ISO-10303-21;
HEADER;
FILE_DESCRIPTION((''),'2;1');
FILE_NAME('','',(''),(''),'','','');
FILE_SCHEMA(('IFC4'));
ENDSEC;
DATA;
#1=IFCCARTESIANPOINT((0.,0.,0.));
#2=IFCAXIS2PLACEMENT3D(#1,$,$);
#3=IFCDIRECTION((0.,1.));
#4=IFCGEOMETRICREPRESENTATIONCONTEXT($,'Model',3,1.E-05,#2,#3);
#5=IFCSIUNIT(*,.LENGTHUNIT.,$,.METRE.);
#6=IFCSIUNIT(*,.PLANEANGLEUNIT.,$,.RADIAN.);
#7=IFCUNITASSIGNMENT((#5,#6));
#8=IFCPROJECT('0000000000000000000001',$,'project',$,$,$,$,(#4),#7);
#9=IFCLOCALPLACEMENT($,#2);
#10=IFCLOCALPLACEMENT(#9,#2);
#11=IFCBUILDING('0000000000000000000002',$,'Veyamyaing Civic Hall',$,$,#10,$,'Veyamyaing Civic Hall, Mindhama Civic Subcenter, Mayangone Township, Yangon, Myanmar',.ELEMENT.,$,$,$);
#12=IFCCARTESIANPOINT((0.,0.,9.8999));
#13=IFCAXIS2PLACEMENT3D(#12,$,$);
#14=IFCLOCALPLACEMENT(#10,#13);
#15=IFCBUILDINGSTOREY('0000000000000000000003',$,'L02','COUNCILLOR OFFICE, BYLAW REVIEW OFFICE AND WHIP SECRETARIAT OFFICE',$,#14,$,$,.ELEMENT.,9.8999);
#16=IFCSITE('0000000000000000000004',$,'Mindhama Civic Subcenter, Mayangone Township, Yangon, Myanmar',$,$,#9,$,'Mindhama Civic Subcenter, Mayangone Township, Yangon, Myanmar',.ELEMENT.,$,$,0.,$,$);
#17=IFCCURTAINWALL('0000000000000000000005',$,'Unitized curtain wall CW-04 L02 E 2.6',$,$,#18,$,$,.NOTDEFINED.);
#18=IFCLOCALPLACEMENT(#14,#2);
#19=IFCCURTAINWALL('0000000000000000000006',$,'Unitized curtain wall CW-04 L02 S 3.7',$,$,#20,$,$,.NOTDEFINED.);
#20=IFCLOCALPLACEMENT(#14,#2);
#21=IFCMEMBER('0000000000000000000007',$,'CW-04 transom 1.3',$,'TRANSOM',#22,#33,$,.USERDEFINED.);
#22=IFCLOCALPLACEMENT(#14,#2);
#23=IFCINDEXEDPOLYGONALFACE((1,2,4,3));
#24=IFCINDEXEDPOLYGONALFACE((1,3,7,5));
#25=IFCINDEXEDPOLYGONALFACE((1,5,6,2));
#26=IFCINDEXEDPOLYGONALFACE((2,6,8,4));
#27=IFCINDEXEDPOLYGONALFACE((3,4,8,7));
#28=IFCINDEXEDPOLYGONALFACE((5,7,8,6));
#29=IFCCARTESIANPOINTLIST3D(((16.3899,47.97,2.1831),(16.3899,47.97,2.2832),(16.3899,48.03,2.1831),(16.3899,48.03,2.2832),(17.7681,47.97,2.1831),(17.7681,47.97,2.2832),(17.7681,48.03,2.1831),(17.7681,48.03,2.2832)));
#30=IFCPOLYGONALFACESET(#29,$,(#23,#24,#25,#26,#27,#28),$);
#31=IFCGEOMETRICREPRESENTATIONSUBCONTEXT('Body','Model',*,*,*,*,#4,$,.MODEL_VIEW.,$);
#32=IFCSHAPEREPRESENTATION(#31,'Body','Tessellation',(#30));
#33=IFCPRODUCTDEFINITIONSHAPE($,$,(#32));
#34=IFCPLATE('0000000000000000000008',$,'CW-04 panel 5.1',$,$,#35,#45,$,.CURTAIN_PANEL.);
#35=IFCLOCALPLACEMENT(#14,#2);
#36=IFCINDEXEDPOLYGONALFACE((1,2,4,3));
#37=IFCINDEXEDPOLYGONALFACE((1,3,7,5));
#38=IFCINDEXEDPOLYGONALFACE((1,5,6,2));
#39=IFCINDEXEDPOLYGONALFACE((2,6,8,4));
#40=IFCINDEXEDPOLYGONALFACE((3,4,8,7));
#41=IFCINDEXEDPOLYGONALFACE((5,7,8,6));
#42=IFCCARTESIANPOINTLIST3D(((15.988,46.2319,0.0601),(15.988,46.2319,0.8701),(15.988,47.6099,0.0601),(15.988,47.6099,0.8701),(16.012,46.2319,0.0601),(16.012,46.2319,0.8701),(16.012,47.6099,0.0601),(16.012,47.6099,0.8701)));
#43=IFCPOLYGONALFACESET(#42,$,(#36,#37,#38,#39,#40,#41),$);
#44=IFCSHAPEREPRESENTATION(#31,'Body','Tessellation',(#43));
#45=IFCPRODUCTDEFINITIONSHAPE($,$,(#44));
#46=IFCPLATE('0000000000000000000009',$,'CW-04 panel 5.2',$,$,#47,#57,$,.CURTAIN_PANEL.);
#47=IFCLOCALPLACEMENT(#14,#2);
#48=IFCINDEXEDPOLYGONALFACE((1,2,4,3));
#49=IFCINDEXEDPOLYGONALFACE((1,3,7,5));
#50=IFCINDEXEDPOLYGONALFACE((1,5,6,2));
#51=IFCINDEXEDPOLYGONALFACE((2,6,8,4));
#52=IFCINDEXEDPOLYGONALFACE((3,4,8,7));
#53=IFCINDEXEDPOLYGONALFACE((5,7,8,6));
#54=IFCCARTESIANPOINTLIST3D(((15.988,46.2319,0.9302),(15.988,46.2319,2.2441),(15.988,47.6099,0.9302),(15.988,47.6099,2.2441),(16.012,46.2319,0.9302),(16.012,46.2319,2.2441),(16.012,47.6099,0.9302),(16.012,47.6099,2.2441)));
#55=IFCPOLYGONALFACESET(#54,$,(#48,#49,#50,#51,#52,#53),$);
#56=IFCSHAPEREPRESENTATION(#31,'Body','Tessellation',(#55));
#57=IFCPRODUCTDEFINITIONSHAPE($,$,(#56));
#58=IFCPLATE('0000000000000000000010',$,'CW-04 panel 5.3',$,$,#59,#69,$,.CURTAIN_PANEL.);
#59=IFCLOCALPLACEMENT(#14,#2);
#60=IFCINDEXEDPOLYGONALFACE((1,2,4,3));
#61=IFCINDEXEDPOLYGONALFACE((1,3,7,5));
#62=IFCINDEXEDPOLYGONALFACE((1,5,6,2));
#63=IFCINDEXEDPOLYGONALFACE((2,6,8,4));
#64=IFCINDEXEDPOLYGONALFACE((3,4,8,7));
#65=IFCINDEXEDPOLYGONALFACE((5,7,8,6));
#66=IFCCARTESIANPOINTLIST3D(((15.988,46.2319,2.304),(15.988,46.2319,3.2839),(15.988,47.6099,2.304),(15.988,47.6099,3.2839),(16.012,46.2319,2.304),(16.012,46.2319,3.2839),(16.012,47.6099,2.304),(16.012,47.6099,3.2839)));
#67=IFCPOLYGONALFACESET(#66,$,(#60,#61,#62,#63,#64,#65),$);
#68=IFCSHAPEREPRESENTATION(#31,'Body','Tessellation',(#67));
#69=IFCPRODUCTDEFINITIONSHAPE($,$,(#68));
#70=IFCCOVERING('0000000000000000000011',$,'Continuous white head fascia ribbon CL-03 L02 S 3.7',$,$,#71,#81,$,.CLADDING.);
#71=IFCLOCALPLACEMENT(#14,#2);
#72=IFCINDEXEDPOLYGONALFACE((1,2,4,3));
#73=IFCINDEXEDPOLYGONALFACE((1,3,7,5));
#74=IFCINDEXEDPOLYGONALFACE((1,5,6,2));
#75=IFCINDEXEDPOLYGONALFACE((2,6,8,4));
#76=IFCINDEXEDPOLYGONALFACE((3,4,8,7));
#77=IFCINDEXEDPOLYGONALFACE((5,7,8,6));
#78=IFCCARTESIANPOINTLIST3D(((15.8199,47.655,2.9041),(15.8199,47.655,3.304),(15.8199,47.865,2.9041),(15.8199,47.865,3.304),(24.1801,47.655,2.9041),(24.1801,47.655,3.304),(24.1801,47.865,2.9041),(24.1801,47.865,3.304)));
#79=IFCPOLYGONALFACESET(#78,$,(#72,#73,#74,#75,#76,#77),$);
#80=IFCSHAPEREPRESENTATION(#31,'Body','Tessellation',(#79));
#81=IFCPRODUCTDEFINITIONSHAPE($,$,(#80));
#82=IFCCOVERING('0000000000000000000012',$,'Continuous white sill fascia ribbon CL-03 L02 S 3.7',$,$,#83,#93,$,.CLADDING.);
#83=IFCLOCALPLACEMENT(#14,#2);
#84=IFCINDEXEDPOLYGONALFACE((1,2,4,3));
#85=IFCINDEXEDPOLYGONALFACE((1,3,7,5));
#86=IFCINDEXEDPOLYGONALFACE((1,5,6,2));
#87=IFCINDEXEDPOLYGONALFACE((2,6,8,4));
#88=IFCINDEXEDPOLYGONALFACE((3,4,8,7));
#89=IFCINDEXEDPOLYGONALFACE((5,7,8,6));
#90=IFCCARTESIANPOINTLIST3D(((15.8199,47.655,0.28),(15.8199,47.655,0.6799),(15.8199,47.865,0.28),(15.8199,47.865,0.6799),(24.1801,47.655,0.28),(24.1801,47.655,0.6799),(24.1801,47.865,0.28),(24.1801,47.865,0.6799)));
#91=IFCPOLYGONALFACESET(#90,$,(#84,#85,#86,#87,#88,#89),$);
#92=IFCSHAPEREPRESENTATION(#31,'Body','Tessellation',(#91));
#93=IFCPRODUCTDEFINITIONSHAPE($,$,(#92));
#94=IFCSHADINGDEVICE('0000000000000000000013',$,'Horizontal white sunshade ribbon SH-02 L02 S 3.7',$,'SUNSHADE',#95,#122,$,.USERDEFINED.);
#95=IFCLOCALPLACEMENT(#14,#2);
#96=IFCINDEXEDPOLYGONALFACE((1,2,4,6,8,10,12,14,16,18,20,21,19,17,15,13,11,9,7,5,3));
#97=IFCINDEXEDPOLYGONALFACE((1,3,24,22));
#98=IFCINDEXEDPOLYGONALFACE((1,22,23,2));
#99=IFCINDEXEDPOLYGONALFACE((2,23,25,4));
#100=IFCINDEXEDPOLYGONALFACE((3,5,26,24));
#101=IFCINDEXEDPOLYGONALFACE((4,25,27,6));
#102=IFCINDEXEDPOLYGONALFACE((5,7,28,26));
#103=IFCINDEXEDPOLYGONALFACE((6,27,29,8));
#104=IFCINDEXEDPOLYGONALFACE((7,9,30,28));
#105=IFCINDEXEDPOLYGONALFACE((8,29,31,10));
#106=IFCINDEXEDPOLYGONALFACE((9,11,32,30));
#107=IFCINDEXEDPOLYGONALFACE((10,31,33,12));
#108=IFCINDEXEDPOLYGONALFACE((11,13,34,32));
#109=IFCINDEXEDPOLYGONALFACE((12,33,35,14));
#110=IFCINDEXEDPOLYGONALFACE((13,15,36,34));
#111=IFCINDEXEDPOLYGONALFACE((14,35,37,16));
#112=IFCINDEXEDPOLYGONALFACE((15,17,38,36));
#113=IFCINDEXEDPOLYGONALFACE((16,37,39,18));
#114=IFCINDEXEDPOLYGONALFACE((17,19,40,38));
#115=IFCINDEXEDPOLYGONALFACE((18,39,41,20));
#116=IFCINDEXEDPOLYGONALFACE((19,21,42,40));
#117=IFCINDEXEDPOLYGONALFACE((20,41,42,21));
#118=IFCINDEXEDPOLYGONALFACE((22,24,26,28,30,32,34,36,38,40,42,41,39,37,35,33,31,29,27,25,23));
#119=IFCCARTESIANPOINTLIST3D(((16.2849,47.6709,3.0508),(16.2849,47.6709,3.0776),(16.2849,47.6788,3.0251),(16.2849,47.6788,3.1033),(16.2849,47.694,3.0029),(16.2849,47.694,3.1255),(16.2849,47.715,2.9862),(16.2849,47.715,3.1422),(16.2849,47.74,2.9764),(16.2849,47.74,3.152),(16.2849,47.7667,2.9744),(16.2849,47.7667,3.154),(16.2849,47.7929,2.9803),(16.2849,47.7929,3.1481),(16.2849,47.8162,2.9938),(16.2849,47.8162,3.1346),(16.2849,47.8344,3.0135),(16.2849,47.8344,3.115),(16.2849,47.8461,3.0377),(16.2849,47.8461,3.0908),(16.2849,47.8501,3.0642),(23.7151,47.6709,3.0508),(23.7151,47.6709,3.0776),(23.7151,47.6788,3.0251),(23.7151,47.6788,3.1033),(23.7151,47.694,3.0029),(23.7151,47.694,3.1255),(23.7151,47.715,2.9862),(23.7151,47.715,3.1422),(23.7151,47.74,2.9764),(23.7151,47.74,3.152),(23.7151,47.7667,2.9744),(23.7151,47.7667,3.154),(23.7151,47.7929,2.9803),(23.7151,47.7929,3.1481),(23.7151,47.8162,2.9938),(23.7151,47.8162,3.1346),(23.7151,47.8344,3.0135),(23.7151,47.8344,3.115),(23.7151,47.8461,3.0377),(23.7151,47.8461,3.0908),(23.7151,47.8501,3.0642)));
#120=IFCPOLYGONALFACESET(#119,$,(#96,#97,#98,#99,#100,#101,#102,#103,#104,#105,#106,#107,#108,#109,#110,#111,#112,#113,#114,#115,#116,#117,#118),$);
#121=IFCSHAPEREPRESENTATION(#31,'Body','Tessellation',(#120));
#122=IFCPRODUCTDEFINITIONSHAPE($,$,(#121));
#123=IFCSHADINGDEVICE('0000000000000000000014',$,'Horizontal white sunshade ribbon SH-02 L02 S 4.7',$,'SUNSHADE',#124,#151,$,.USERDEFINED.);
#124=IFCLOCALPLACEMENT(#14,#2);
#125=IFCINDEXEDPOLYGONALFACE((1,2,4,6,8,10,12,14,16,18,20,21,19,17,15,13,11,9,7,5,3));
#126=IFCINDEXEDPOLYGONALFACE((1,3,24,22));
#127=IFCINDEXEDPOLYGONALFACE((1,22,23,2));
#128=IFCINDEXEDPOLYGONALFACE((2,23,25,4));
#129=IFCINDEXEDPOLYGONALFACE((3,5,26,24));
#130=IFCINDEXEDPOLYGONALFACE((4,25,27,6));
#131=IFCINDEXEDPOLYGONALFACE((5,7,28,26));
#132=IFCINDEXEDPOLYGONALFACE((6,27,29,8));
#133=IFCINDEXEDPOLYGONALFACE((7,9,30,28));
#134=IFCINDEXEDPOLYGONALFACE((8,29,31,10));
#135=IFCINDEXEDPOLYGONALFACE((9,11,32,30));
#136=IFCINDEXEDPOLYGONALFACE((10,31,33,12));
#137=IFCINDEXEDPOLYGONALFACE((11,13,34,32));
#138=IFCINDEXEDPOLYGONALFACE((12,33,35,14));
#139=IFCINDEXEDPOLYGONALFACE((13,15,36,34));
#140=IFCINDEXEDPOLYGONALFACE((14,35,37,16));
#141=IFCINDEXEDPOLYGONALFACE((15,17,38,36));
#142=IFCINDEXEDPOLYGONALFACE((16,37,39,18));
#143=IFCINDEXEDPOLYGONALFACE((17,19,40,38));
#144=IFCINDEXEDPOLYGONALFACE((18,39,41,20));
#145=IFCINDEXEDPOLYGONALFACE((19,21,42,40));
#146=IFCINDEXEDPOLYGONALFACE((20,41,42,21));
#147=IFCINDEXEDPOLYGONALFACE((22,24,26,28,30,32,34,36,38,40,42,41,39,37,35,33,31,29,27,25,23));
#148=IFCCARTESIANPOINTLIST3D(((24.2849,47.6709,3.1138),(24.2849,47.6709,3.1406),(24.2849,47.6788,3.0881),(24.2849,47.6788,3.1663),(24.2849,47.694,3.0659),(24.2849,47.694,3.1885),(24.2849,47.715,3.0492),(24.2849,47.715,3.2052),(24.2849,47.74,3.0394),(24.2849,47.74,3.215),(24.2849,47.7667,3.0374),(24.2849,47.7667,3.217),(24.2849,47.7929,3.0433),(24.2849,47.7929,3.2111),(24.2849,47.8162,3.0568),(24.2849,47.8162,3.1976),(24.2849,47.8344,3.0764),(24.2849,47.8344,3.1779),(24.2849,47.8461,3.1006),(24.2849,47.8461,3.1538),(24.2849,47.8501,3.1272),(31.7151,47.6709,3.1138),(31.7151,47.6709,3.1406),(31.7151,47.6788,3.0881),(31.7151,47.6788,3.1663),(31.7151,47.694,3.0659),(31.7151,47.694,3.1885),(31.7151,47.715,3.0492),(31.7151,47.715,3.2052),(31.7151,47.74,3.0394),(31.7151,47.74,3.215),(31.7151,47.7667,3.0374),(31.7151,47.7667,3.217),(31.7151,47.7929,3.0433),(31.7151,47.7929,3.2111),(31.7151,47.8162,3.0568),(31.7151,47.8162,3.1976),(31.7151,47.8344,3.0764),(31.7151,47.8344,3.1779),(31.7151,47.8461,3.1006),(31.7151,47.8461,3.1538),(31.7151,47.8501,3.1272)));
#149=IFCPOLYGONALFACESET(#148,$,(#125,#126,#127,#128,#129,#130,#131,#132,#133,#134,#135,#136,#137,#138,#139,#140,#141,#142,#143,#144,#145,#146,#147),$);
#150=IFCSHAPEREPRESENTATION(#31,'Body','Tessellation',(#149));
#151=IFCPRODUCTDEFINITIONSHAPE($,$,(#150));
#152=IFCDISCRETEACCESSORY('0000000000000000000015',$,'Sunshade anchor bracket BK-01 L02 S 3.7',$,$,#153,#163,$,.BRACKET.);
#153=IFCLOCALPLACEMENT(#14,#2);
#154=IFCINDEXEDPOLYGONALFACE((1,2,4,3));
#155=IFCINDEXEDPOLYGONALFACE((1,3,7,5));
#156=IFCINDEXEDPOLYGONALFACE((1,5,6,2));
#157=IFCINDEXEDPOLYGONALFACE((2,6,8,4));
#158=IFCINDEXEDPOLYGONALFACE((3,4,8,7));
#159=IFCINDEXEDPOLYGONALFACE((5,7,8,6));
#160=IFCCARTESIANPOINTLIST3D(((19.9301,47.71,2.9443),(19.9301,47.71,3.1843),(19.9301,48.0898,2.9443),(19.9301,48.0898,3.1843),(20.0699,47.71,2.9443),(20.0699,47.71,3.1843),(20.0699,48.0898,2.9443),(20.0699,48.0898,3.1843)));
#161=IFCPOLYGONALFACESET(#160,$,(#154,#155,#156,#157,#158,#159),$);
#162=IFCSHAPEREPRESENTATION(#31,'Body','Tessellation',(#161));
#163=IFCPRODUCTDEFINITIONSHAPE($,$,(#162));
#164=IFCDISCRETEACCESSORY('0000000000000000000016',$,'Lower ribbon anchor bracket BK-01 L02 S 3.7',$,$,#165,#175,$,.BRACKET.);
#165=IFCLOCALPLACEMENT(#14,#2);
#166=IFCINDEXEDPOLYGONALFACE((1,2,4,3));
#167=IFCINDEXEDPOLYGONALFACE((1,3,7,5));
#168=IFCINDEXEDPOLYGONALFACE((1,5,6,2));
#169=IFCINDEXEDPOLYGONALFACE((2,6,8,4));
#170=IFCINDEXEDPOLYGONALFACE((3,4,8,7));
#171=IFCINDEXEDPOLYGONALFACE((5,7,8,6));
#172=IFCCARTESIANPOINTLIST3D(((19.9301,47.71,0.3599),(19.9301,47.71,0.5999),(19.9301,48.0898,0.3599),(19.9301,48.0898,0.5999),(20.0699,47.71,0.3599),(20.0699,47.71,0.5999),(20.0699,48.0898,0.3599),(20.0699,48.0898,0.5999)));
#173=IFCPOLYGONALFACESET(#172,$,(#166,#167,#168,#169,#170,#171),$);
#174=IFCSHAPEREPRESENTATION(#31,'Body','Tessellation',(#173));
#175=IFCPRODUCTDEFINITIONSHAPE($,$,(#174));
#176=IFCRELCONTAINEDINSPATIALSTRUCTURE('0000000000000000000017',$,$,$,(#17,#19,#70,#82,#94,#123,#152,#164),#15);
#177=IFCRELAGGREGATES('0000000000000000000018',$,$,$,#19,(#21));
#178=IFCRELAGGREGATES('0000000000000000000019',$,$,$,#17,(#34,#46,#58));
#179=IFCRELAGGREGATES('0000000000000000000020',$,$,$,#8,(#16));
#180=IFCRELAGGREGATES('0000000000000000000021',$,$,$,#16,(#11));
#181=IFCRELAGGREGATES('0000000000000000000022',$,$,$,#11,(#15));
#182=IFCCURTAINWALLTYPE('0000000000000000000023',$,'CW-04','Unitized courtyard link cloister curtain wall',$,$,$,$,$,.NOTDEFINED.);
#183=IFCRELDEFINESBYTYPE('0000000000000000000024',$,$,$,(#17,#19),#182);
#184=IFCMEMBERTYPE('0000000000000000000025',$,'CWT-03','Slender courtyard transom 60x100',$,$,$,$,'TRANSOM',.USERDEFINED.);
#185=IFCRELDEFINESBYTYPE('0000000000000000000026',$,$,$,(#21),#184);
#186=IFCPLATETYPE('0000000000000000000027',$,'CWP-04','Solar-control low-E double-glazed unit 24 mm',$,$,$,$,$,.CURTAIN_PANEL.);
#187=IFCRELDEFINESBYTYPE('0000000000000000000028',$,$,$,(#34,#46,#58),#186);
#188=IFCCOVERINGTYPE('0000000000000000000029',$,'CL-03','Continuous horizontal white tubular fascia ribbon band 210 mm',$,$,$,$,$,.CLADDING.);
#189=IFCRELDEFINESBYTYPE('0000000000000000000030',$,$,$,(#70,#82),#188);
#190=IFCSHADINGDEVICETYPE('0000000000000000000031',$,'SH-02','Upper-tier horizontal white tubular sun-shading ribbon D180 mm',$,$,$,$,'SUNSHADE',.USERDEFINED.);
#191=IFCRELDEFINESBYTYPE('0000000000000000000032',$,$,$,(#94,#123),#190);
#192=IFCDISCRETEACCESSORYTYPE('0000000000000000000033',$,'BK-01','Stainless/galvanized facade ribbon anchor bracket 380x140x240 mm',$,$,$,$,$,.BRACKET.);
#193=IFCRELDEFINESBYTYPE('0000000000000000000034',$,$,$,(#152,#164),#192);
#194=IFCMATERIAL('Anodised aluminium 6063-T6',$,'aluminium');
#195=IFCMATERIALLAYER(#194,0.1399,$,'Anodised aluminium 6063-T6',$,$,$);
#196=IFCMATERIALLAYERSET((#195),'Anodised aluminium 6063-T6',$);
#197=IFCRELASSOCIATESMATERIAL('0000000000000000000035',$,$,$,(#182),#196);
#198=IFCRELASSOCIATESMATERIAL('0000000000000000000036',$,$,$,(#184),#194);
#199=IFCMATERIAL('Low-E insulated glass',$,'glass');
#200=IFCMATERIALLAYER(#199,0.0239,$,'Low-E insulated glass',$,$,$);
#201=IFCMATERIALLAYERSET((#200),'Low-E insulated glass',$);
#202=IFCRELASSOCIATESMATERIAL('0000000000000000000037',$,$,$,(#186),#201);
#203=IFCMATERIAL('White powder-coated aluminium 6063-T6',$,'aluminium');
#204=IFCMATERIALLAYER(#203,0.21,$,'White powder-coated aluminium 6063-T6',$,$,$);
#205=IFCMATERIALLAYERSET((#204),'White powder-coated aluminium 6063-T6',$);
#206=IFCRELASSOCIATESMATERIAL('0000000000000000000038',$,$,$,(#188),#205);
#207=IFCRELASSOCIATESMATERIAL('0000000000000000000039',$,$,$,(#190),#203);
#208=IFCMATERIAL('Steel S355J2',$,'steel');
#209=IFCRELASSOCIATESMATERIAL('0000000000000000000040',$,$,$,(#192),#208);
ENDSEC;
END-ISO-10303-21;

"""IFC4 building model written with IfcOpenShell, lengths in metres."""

from ifc_helpers import new_model, si_unit, direction, frame, origin, origin_2d, place, context, subcontext, project, spatial, rectangle, circle, extrude, material, layer, layer_set, material_profile, profile_set, type_object, element, aggregate, save


model = new_model("IFC4")

# Units and contexts
model_context = context("Model", 3, precision=1e-05, world=origin(), true_north=direction((0.0, 1.0)))
body_context = subcontext(model_context, "Body", "Model", "MODEL_VIEW")
ifc_project = project(units=[si_unit("LENGTHUNIT", "METRE"), si_unit("PLANEANGLEUNIT", "RADIAN")], contexts=[model_context])

# Site, building, storey
site_placement = place(None, origin())
site = spatial("IfcSite", under=ifc_project, at=site_placement, Name="Mindhama Civic Subcenter, Mayangone Township, Yangon, Myanmar", LongName="Mindhama Civic Subcenter, Mayangone Township, Yangon, Myanmar", CompositionType="ELEMENT", RefElevation=0.0)
building_placement = place(site_placement, origin())
building = spatial("IfcBuilding", under=site, at=building_placement, Name="Veyamyaing Civic Hall", LongName="Veyamyaing Civic Hall, Mindhama Civic Subcenter, Mayangone Township, Yangon, Myanmar", CompositionType="ELEMENT")
storey_placement = place(building_placement, frame((0.0, 0.0, 9.8999)))
storey = spatial("IfcBuildingStorey", under=building, at=storey_placement, Name="L02", Description="COUNCILLOR OFFICE, BYLAW REVIEW OFFICE AND WHIP SECRETARIAT OFFICE", CompositionType="ELEMENT", Elevation=9.8999)

# Curtain wall
ifc_material_1 = material(Name="Anodised aluminium 6063-T6", Category="aluminium")
ifc_layer_1 = layer(ifc_material_1, 0.1399, Name="Anodised aluminium 6063-T6")
ifc_layer_set_1 = layer_set([ifc_layer_1], Name="Anodised aluminium 6063-T6")
curtain_wall_type = type_object("IfcCurtainWallType", Name="CW-04", Description="Unitized courtyard link cloister curtain wall", PredefinedType="NOTDEFINED", material=ifc_layer_set_1)
curtain_wall_1_placement = place(storey_placement, origin())
curtain_wall_1 = element("IfcCurtainWall", 1, at=curtain_wall_1_placement, inside=storey, type_object=curtain_wall_type, Name="Unitized curtain wall CW-04 L02 E 2.6", PredefinedType="NOTDEFINED")

# Curtain wall
curtain_wall_2_placement = place(storey_placement, origin())
curtain_wall_2 = element("IfcCurtainWall", 2, at=curtain_wall_2_placement, inside=storey, type_object=curtain_wall_type, Name="Unitized curtain wall CW-04 L02 S 3.7", PredefinedType="NOTDEFINED")

# Member
ifc_material_profile_1 = material_profile(ifc_material_1, rectangle(XDim=0.0601, YDim=0.1001, at=origin_2d()), Name="ALU-TRN-60X100")
ifc_profile_set_1 = profile_set([ifc_material_profile_1], Name="Anodised aluminium 6063-T6")
member_type_1 = type_object("IfcMemberType", Name="CWT-03", Description="Slender courtyard transom 60x100", ElementType="TRANSOM", PredefinedType="USERDEFINED", material=ifc_profile_set_1)
member_1_placement = place(storey_placement, frame((16.3899, 48.0, 2.2332), z_axis=(1.0, 0.0, 0.0), x_axis=(0.0, 1.0, 0.0)))
member_1 = element("IfcMember", 3, at=member_1_placement, type_object=member_type_1, Name="CW-04 transom 1.3", ObjectType="TRANSOM", PredefinedType="USERDEFINED", context=body_context, shape_type="SweptSolid", body=[
    extrude(rectangle(XDim=0.0601, YDim=0.1001, at=origin_2d()), origin(), (0.0, 0.0, 1.0), 1.3782),
])
aggregate(curtain_wall_2, [member_1])

# Plates
ifc_material_2 = material(Name="Low-E insulated glass", Category="glass")
ifc_layer_2 = layer(ifc_material_2, 0.0239, Name="Low-E insulated glass")
ifc_layer_set_2 = layer_set([ifc_layer_2], Name="Low-E insulated glass")
plate_type = type_object("IfcPlateType", Name="CWP-04", Description="Solar-control low-E double-glazed unit 24 mm", PredefinedType="CURTAIN_PANEL", material=ifc_layer_set_2)
plate_1_placement = place(storey_placement, frame((16.0, 46.9209, 0.0601), z_axis=(0.0, 0.0, 1.0), x_axis=(0.0, 1.0, 0.0)))
plate_1 = element("IfcPlate", 4, at=plate_1_placement, type_object=plate_type, Name="CW-04 panel 5.1", PredefinedType="CURTAIN_PANEL", context=body_context, shape_type="SweptSolid", body=[
    extrude(rectangle(XDim=1.3779, YDim=0.0239, at=origin_2d()), origin(), (0.0, 0.0, 1.0), 0.8101),
])
plate_2_placement = place(storey_placement, frame((16.0, 46.9209, 0.9302), z_axis=(0.0, 0.0, 1.0), x_axis=(0.0, 1.0, 0.0)))
plate_2 = element("IfcPlate", 5, at=plate_2_placement, type_object=plate_type, Name="CW-04 panel 5.2", PredefinedType="CURTAIN_PANEL", context=body_context, shape_type="SweptSolid", body=[
    extrude(rectangle(XDim=1.3779, YDim=0.0239, at=origin_2d()), origin(), (0.0, 0.0, 1.0), 1.314),
])
plate_3_placement = place(storey_placement, frame((16.0, 46.9209, 2.304), z_axis=(0.0, 0.0, 1.0), x_axis=(0.0, 1.0, 0.0)))
plate_3 = element("IfcPlate", 6, at=plate_3_placement, type_object=plate_type, Name="CW-04 panel 5.3", PredefinedType="CURTAIN_PANEL", context=body_context, shape_type="SweptSolid", body=[
    extrude(rectangle(XDim=1.3779, YDim=0.0239, at=origin_2d()), origin(), (0.0, 0.0, 1.0), 0.98),
])
aggregate(curtain_wall_1, [plate_1, plate_2, plate_3])

# Coverings
ifc_material_3 = material(Name="White powder-coated aluminium 6063-T6", Category="aluminium")
ifc_layer_3 = layer(ifc_material_3, 0.21, Name="White powder-coated aluminium 6063-T6")
ifc_layer_set_3 = layer_set([ifc_layer_3], Name="White powder-coated aluminium 6063-T6")
covering_type = type_object("IfcCoveringType", Name="CL-03", Description="Continuous horizontal white tubular fascia ribbon band 210 mm", PredefinedType="CLADDING", material=ifc_layer_set_3)
for number, where, z_axis, x_axis, name in (
    (7, (20.0, 47.76, 2.9041), (0.0, 0.0, 1.0), (1.0, 0.0, 0.0), "Continuous white head fascia ribbon CL-03 L02 S 3.7"),
    (8, (20.0, 47.76, 0.28), (0.0, 0.0, 1.0), (1.0, 0.0, 0.0), "Continuous white sill fascia ribbon CL-03 L02 S 3.7"),
):
    element("IfcCovering", number, at=place(storey_placement, frame(where, z_axis=z_axis, x_axis=x_axis)), inside=storey, type_object=covering_type, Name=name, PredefinedType="CLADDING", context=body_context, shape_type="SweptSolid", body=[
        extrude(rectangle(XDim=8.3601, YDim=0.21, at=origin_2d()), origin(), (0.0, 0.0, 1.0), 0.3999),
    ])

# Shading devices
ifc_material_profile_2 = material_profile(ifc_material_3, circle(Radius=0.0901, at=origin_2d()), Name="SHADE-TUBE-180")
ifc_profile_set_2 = profile_set([ifc_material_profile_2], Name="White powder-coated aluminium 6063-T6")
shading_device_type = type_object("IfcShadingDeviceType", Name="SH-02", Description="Upper-tier horizontal white tubular sun-shading ribbon D180 mm", ElementType="SUNSHADE", PredefinedType="USERDEFINED", material=ifc_profile_set_2)
for number, where, z_axis, x_axis, name in (
    (9, (16.2849, 47.76, 3.0642), (1.0, 0.0, 0.0), (0.0, 1.0, 0.0), "Horizontal white sunshade ribbon SH-02 L02 S 3.7"),
    (10, (24.2849, 47.76, 3.1272), (1.0, 0.0, 0.0), (0.0, 1.0, 0.0), "Horizontal white sunshade ribbon SH-02 L02 S 4.7"),
):
    element("IfcShadingDevice", number, at=place(storey_placement, frame(where, z_axis=z_axis, x_axis=x_axis)), inside=storey, type_object=shading_device_type, Name=name, ObjectType="SUNSHADE", PredefinedType="USERDEFINED", context=body_context, shape_type="SweptSolid", body=[
        extrude(circle(Radius=0.0901, at=origin_2d()), origin(), (0.0, 0.0, 1.0), 7.4302),
    ])

# Discrete accessories
ifc_material_4 = material(Name="Steel S355J2", Category="steel")
discrete_accessory_type = type_object("IfcDiscreteAccessoryType", Name="BK-01", Description="Stainless/galvanized facade ribbon anchor bracket 380x140x240 mm", PredefinedType="BRACKET", material=ifc_material_4)
for number, where, z_axis, x_axis, name in (
    (11, (20.0, 47.8999, 2.9443), (0.0, 0.0, 1.0), (0.0, -1.0, 0.0), "Sunshade anchor bracket BK-01 L02 S 3.7"),
    (12, (20.0, 47.8999, 0.3599), (0.0, 0.0, 1.0), (0.0, -1.0, 0.0), "Lower ribbon anchor bracket BK-01 L02 S 3.7"),
):
    element("IfcDiscreteAccessory", number, at=place(storey_placement, frame(where, z_axis=z_axis, x_axis=x_axis)), inside=storey, type_object=discrete_accessory_type, Name=name, PredefinedType="BRACKET", context=body_context, shape_type="SweptSolid", body=[
        extrude(rectangle(XDim=0.3799, YDim=0.1399, at=origin_2d()), origin(), (0.0, 0.0, 1.0), 0.24),
    ])

save(model, "model.ifc")
